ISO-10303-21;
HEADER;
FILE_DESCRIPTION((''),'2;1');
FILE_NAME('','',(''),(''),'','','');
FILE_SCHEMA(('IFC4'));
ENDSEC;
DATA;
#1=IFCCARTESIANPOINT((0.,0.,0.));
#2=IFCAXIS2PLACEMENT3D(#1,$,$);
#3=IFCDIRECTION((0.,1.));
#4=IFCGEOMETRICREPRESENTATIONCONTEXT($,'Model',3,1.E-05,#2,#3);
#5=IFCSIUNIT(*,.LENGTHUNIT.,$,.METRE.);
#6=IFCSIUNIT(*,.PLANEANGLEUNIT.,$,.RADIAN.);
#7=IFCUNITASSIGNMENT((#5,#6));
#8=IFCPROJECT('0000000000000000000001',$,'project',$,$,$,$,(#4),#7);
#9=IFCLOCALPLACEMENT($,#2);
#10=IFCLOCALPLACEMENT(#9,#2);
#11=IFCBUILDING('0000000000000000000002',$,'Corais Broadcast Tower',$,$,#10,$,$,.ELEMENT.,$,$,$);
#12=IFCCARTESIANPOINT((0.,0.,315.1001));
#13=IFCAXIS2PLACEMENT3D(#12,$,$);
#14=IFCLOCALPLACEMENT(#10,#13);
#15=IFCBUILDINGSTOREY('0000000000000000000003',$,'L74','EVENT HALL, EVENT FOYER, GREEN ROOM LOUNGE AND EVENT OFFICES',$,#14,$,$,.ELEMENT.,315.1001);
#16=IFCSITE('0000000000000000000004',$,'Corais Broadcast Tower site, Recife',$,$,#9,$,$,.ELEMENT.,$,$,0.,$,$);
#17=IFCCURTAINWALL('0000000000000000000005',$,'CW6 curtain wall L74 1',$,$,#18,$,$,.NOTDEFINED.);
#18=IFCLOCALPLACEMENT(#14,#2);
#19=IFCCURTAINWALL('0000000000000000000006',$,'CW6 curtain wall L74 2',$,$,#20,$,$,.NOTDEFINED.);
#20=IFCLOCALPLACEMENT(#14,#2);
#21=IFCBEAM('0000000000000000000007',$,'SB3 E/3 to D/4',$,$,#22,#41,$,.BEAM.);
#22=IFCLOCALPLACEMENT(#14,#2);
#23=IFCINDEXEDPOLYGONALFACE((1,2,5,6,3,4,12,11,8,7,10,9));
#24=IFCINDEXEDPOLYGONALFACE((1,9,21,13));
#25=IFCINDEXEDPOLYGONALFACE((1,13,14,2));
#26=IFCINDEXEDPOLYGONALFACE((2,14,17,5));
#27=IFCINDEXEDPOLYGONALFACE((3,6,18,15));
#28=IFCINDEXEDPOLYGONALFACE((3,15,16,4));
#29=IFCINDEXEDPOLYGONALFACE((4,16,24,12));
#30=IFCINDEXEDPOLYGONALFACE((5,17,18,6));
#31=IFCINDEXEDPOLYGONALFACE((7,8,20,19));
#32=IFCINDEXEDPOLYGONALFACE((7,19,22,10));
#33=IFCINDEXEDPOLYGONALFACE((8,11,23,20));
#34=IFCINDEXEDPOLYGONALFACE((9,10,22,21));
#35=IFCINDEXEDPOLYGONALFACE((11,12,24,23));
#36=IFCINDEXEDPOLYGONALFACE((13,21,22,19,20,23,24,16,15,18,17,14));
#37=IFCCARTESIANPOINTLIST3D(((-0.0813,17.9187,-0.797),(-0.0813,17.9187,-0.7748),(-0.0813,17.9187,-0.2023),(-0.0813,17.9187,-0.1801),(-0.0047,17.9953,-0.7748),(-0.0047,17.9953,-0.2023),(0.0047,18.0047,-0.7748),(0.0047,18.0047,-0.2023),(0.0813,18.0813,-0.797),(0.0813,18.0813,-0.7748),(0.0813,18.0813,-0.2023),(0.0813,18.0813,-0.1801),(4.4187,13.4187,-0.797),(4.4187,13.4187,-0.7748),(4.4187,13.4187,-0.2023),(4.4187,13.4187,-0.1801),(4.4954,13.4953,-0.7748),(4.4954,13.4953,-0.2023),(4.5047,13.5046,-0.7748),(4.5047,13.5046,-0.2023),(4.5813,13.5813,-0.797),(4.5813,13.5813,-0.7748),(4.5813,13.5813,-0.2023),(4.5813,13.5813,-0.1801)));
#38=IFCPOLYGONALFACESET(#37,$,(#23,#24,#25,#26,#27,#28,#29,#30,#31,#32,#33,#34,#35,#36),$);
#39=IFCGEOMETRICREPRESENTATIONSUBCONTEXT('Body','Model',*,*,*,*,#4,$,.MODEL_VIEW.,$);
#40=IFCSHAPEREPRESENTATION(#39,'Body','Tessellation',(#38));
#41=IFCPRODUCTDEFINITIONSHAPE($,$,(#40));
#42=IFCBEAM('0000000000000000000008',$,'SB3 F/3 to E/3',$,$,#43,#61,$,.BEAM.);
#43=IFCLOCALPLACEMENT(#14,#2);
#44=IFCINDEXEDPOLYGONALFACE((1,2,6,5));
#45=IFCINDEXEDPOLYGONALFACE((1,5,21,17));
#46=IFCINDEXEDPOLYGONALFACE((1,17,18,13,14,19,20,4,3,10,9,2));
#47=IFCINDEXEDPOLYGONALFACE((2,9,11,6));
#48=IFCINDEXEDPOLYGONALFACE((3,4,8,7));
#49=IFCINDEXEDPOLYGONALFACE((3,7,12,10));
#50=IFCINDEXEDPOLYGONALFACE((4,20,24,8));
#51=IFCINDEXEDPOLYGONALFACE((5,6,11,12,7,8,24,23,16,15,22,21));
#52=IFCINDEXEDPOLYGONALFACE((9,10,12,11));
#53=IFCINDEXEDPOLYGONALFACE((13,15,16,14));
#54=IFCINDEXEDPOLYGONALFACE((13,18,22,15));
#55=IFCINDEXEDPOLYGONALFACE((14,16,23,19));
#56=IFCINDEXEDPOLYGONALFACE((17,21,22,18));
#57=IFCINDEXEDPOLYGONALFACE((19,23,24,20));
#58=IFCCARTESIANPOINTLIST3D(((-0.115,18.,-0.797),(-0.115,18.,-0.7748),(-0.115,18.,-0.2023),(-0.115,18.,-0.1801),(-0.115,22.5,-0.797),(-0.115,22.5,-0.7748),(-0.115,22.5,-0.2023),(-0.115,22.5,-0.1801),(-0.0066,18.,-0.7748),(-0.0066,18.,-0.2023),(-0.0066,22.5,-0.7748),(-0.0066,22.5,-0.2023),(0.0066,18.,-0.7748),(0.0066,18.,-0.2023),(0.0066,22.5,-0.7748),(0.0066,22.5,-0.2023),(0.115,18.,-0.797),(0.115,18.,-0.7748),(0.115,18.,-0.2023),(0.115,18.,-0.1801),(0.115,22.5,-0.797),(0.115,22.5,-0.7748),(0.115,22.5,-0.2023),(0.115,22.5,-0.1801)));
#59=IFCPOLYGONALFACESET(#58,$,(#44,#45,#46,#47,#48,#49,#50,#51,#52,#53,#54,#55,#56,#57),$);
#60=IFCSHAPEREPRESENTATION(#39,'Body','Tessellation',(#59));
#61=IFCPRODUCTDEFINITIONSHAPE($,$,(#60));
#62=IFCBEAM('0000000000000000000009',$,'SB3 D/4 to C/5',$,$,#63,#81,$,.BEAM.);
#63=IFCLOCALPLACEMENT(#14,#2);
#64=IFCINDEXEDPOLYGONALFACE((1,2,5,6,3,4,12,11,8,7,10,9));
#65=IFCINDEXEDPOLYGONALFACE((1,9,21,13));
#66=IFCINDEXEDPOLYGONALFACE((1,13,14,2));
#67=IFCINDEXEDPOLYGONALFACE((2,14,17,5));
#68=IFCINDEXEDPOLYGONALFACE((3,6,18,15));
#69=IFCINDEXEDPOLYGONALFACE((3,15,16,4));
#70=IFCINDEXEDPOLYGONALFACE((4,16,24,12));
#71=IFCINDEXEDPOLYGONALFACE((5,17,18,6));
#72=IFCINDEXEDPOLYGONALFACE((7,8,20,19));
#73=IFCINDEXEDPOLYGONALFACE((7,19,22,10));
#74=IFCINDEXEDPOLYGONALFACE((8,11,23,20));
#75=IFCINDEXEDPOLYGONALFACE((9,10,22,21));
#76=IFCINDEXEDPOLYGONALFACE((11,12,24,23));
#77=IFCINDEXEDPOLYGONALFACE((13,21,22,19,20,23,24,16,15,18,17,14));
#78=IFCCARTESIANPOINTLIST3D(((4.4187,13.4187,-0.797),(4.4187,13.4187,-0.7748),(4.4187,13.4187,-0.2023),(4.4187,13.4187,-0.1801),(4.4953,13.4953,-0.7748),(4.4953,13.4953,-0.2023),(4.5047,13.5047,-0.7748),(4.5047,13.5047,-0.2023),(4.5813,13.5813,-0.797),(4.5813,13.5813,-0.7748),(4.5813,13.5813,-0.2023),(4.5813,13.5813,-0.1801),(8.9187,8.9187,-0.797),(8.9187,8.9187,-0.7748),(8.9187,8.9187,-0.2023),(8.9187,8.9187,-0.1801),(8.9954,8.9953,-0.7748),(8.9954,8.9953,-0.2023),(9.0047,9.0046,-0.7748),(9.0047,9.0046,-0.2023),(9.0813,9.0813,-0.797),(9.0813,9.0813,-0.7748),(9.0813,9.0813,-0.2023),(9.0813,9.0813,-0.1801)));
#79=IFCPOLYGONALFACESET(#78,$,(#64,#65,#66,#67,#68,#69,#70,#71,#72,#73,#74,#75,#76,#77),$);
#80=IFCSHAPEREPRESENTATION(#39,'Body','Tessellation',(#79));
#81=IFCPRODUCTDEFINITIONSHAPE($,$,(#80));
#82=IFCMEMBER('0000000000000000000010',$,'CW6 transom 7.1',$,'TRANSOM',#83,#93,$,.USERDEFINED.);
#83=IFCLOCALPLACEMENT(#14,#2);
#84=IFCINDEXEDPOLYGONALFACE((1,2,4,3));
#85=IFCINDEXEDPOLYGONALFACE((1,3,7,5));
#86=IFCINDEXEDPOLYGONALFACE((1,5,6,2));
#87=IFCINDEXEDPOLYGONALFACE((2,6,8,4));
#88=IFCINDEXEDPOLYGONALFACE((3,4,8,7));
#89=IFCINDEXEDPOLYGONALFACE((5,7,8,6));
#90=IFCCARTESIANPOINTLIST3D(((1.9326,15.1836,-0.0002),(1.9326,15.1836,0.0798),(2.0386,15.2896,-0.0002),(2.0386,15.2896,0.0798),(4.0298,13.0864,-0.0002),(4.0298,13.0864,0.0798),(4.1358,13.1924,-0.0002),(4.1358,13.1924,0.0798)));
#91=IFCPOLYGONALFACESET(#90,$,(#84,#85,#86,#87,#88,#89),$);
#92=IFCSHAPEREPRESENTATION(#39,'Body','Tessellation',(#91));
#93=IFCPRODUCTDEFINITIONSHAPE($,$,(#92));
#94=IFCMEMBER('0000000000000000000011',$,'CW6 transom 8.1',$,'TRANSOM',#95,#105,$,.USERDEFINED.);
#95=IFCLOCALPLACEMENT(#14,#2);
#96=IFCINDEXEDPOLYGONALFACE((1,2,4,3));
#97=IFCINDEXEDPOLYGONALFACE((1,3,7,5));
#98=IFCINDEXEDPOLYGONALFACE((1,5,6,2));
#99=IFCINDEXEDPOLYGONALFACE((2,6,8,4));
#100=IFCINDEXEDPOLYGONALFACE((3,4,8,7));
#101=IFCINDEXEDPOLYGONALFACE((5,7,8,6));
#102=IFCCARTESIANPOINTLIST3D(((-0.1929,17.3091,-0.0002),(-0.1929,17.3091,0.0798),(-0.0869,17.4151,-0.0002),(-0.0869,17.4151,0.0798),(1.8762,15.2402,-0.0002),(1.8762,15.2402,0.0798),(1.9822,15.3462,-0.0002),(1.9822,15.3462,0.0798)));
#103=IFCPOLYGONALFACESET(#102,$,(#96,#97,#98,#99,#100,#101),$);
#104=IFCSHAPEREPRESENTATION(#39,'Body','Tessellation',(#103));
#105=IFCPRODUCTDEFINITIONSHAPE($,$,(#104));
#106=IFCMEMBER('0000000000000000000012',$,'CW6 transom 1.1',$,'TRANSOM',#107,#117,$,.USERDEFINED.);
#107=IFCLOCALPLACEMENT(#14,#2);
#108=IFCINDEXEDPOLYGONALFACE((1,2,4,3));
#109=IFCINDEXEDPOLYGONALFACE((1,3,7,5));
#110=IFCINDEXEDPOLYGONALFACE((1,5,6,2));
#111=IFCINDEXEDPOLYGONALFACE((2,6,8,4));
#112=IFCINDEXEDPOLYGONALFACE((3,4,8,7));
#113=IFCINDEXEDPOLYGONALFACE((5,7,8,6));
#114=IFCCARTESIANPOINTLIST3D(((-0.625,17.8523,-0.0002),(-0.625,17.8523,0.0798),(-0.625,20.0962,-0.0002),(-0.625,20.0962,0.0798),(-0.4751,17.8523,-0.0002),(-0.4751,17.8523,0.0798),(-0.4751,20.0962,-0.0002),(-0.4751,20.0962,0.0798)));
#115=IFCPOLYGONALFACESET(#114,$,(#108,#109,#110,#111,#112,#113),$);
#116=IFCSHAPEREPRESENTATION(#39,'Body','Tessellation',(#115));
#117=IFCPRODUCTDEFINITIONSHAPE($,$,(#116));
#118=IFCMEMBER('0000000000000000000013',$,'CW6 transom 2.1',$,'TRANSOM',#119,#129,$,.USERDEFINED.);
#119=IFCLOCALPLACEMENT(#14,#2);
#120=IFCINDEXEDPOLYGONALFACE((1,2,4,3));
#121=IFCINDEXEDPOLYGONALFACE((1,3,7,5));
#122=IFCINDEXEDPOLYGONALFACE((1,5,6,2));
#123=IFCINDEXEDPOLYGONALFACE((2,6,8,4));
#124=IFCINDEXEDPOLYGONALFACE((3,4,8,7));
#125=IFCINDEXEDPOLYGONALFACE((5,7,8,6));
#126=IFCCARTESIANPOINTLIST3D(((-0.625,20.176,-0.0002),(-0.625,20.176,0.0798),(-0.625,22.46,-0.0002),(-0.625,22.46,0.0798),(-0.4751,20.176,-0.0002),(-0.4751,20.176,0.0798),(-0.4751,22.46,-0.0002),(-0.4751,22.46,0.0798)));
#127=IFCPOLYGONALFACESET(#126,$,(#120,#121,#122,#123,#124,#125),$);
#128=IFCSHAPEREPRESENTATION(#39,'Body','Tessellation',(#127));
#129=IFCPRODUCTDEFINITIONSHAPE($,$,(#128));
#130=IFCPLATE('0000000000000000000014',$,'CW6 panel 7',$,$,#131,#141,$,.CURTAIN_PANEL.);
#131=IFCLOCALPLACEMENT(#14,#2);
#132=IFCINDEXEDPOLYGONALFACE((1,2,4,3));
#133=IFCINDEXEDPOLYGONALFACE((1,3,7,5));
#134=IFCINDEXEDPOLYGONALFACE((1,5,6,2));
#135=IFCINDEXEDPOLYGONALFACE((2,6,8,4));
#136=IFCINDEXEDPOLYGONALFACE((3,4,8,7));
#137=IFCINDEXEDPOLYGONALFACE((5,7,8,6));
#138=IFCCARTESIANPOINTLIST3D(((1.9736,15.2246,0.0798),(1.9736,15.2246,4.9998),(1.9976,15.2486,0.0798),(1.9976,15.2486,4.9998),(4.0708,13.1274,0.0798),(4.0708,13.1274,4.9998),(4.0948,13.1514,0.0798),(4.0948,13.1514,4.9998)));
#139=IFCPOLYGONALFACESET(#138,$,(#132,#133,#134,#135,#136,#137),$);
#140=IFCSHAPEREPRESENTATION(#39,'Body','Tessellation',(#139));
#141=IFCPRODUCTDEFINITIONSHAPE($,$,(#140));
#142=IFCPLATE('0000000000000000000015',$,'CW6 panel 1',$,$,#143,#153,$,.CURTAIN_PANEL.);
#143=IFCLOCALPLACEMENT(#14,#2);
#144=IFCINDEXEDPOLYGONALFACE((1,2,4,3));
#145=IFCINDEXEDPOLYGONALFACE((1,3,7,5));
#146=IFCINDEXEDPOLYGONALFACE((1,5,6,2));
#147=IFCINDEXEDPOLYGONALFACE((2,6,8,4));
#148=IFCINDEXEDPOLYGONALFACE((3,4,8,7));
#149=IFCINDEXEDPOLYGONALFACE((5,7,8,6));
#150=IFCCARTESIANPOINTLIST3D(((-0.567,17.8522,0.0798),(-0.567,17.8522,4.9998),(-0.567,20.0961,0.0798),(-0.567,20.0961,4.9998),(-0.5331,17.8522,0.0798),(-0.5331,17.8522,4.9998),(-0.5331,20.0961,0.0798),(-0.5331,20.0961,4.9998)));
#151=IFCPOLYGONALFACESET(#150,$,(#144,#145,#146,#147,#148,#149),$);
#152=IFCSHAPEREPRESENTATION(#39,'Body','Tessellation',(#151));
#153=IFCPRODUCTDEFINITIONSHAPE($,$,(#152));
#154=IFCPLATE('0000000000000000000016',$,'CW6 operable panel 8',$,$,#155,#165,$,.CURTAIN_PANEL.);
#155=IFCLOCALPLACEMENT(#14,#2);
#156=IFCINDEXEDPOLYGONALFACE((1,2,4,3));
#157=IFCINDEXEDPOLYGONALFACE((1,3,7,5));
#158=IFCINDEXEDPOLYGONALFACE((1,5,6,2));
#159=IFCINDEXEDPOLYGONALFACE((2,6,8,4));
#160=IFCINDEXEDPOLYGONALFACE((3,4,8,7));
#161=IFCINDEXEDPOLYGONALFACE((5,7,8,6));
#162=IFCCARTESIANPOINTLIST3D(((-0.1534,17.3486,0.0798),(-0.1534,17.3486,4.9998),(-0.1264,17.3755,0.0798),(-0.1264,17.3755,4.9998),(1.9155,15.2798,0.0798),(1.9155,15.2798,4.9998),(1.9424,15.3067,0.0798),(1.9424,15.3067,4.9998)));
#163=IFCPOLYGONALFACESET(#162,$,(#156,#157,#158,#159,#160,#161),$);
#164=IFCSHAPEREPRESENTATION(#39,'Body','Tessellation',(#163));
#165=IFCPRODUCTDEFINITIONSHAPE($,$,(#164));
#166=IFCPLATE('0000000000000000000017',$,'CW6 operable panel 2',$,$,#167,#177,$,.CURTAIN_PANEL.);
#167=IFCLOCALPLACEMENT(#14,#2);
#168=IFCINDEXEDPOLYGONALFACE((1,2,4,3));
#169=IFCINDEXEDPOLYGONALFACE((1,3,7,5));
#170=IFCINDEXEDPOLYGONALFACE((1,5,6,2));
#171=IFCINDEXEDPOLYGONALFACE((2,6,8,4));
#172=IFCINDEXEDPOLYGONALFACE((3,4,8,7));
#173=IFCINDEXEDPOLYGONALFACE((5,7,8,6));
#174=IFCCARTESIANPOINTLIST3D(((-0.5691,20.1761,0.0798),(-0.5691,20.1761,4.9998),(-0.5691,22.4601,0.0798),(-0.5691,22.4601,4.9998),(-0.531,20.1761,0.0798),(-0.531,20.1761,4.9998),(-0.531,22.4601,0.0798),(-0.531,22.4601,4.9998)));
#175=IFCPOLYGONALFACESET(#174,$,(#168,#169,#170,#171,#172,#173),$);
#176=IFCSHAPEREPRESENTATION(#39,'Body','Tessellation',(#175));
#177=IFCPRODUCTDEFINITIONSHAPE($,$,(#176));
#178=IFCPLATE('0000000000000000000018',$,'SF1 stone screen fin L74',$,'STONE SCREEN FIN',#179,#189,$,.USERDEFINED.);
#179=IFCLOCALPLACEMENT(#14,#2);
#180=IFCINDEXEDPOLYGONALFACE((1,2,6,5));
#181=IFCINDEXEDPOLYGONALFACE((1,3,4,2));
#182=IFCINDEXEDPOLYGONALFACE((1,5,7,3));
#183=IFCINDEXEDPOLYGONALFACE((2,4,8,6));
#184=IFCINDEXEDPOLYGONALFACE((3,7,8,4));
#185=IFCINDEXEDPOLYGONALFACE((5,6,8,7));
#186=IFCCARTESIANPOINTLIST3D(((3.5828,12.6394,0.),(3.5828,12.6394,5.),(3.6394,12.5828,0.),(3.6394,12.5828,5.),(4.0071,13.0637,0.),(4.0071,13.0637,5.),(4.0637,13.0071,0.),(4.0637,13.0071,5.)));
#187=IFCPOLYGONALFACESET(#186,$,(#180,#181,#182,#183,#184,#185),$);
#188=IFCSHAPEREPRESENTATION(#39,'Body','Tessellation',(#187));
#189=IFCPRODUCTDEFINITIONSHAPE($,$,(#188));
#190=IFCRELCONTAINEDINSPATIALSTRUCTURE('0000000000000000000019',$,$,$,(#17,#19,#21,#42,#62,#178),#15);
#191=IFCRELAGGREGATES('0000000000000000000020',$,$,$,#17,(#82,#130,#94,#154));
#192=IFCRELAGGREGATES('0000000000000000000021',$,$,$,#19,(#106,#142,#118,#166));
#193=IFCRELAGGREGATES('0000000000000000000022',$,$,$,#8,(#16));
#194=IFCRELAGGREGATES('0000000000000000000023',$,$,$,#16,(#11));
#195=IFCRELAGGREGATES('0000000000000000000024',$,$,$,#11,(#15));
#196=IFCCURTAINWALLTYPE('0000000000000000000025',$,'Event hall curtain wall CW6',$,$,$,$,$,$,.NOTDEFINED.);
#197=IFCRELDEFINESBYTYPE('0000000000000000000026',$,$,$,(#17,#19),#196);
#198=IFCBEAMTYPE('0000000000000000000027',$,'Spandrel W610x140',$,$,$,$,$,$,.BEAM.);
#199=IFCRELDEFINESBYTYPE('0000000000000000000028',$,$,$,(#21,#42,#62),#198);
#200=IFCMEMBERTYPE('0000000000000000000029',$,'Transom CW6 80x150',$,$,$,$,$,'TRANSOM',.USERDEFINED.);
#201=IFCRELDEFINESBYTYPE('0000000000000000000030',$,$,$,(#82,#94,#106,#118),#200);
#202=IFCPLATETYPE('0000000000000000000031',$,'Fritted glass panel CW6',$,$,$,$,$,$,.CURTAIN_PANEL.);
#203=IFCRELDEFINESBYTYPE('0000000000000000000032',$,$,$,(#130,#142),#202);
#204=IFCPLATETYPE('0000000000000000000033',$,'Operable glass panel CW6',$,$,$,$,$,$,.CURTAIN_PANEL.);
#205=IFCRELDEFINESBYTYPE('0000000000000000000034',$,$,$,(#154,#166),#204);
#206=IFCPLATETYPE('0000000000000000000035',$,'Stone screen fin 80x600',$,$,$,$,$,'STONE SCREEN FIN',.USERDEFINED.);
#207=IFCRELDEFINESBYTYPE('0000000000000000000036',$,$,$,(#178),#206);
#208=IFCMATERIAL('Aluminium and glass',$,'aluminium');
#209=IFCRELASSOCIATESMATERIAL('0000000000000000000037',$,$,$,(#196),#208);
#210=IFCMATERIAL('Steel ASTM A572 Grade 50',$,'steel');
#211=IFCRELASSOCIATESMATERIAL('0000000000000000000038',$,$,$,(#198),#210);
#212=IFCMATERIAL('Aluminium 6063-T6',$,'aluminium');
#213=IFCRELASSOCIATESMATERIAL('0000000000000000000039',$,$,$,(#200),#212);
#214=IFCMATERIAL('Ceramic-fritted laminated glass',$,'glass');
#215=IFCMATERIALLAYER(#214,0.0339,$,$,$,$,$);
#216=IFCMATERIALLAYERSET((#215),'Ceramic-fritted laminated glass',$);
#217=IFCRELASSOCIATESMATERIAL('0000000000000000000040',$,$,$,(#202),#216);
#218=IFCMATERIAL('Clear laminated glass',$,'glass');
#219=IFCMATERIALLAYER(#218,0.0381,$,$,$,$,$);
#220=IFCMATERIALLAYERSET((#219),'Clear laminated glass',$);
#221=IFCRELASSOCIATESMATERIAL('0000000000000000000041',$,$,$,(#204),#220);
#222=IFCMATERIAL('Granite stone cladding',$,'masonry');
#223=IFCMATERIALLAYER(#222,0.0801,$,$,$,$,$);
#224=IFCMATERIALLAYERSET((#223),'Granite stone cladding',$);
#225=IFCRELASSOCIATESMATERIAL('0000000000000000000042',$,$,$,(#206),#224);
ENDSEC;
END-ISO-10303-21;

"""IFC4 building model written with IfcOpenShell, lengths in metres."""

from ifc_helpers import new_model, si_unit, direction, frame, origin, origin_2d, place, context, subcontext, project, spatial, rectangle, i_section, extrude, material, layer, layer_set, material_profile, profile_set, type_object, element, aggregate, save


model = new_model("IFC4")

# Units and contexts
model_context = context("Model", 3, precision=1e-05, world=origin(), true_north=direction((0.0, 1.0)))
body_context = subcontext(model_context, "Body", "Model", "MODEL_VIEW")
ifc_project = project(units=[si_unit("LENGTHUNIT", "METRE"), si_unit("PLANEANGLEUNIT", "RADIAN")], contexts=[model_context])

# Site, building, storey
site_placement = place(None, origin())
site = spatial("IfcSite", under=ifc_project, at=site_placement, Name="Corais Broadcast Tower site, Recife", CompositionType="ELEMENT", RefElevation=0.0)
building_placement = place(site_placement, origin())
building = spatial("IfcBuilding", under=site, at=building_placement, Name="Corais Broadcast Tower", CompositionType="ELEMENT")
storey_placement = place(building_placement, frame((0.0, 0.0, 315.1001)))
storey = spatial("IfcBuildingStorey", under=building, at=storey_placement, Name="L74", Description="EVENT HALL, EVENT FOYER, GREEN ROOM LOUNGE AND EVENT OFFICES", CompositionType="ELEMENT", Elevation=315.1001)

# Curtain walls
ifc_material_1 = material(Name="Aluminium and glass", Category="aluminium")
curtain_wall_type = type_object("IfcCurtainWallType", Name="Event hall curtain wall CW6", PredefinedType="NOTDEFINED", material=ifc_material_1)
curtain_wall_1_placement = place(storey_placement, origin())
curtain_wall_1 = element("IfcCurtainWall", 1, at=curtain_wall_1_placement, inside=storey, type_object=curtain_wall_type, Name="CW6 curtain wall L74 1", PredefinedType="NOTDEFINED")
curtain_wall_2_placement = place(storey_placement, origin())
curtain_wall_2 = element("IfcCurtainWall", 2, at=curtain_wall_2_placement, inside=storey, type_object=curtain_wall_type, Name="CW6 curtain wall L74 2", PredefinedType="NOTDEFINED")

# Beams
ifc_material_2 = material(Name="Steel ASTM A572 Grade 50", Category="steel")
ifc_material_profile_1 = material_profile(ifc_material_2, i_section(OverallWidth=0.23, OverallDepth=0.6169, WebThickness=0.0132, FlangeThickness=0.0222, at=origin_2d()), Name="W610x140")
ifc_profile_set_1 = profile_set([ifc_material_profile_1], Name="Steel ASTM A572 Grade 50")
beam_type_1 = type_object("IfcBeamType", Name="Spandrel W610x140", PredefinedType="BEAM", material=ifc_profile_set_1)
beam_1_placement = place(storey_placement, frame((0.0, 18.0, -0.4885), z_axis=(0.707107, -0.707107, 0.0), x_axis=(0.707107, 0.707107, 0.0)))
element("IfcBeam", 3, at=beam_1_placement, inside=storey, type_object=beam_type_1, Name="SB3 E/3 to D/4", PredefinedType="BEAM", context=body_context, shape_type="SweptSolid", body=[
    extrude(i_section(OverallWidth=0.23, OverallDepth=0.6169, WebThickness=0.0132, FlangeThickness=0.0222, at=origin_2d()), origin(), (0.0, 0.0, 1.0), 6.364),
])
beam_2_placement = place(storey_placement, frame((0.0, 22.5, -0.4885), z_axis=(0.0, -1.0, 0.0), x_axis=(1.0, 0.0, 0.0)))
element("IfcBeam", 4, at=beam_2_placement, inside=storey, type_object=beam_type_1, Name="SB3 F/3 to E/3", PredefinedType="BEAM", context=body_context, shape_type="SweptSolid", body=[
    extrude(i_section(OverallWidth=0.23, OverallDepth=0.6169, WebThickness=0.0132, FlangeThickness=0.0222, at=origin_2d()), origin(), (0.0, 0.0, 1.0), 4.5),
])
beam_3_placement = place(storey_placement, frame((4.5, 13.5, -0.4885), z_axis=(0.707107, -0.707107, 0.0), x_axis=(0.707107, 0.707107, 0.0)))
element("IfcBeam", 5, at=beam_3_placement, inside=storey, type_object=beam_type_1, Name="SB3 D/4 to C/5", PredefinedType="BEAM", context=body_context, shape_type="SweptSolid", body=[
    extrude(i_section(OverallWidth=0.23, OverallDepth=0.6169, WebThickness=0.0132, FlangeThickness=0.0222, at=origin_2d()), origin(), (0.0, 0.0, 1.0), 6.364),
])

# Members
ifc_material_3 = material(Name="Aluminium 6063-T6", Category="aluminium")
ifc_material_profile_2 = material_profile(ifc_material_3, rectangle(XDim=0.1499, YDim=0.0801, at=origin_2d()), Name="Transom CW6 80x150")
ifc_profile_set_2 = profile_set([ifc_material_profile_2], Name="Aluminium 6063-T6")
member_type_1 = type_object("IfcMemberType", Name="Transom CW6 80x150", ElementType="TRANSOM", PredefinedType="USERDEFINED", material=ifc_profile_set_2)
member_1_placement = place(storey_placement, frame((4.0828, 13.1394, 0.0398), z_axis=(-0.707107, 0.707107, 0.0), x_axis=(-0.707107, -0.707107, 0.0)))
member_1 = element("IfcMember", 6, at=member_1_placement, type_object=member_type_1, Name="CW6 transom 7.1", ObjectType="TRANSOM", PredefinedType="USERDEFINED", context=body_context, shape_type="SweptSolid", body=[
    extrude(rectangle(XDim=0.1499, YDim=0.0801, at=origin_2d()), origin(), (0.0, 0.0, 1.0), 2.9658),
])
member_2_placement = place(storey_placement, frame((1.9292, 15.2932, 0.0398), z_axis=(-0.707148, 0.707065, 0.0), x_axis=(-0.707065, -0.707148, 0.0)))
member_2 = element("IfcMember", 7, at=member_2_placement, type_object=member_type_1, Name="CW6 transom 8.1", ObjectType="TRANSOM", PredefinedType="USERDEFINED", context=body_context, shape_type="SweptSolid", body=[
    extrude(rectangle(XDim=0.1499, YDim=0.0801, at=origin_2d()), origin(), (0.0, 0.0, 1.0), 2.926),
])
member_3_placement = place(storey_placement, frame((-0.55, 17.8523, 0.0398), z_axis=(0.0, 1.0, 0.0), x_axis=(-1.0, 0.0, 0.0)))
member_3 = element("IfcMember", 8, at=member_3_placement, type_object=member_type_1, Name="CW6 transom 1.1", ObjectType="TRANSOM", PredefinedType="USERDEFINED", context=body_context, shape_type="SweptSolid", body=[
    extrude(rectangle(XDim=0.1499, YDim=0.0801, at=origin_2d()), origin(), (0.0, 0.0, 1.0), 2.2439),
])
member_4_placement = place(storey_placement, frame((-0.55, 20.176, 0.0398), z_axis=(0.0, 1.0, 0.0), x_axis=(-1.0, 0.0, 0.0)))
member_4 = element("IfcMember", 9, at=member_4_placement, type_object=member_type_1, Name="CW6 transom 2.1", ObjectType="TRANSOM", PredefinedType="USERDEFINED", context=body_context, shape_type="SweptSolid", body=[
    extrude(rectangle(XDim=0.1499, YDim=0.0801, at=origin_2d()), origin(), (0.0, 0.0, 1.0), 2.2839),
])

# Plates
ifc_material_4 = material(Name="Ceramic-fritted laminated glass", Category="glass")
ifc_layer_1 = layer(ifc_material_4, 0.0339)
ifc_layer_set_1 = layer_set([ifc_layer_1], Name="Ceramic-fritted laminated glass")
plate_type_1 = type_object("IfcPlateType", Name="Fritted glass panel CW6", PredefinedType="CURTAIN_PANEL", material=ifc_layer_set_1)
plate_1_placement = place(storey_placement, frame((3.0342, 14.188, 0.0798), z_axis=(0.0, 0.0, 1.0), x_axis=(-0.707107, 0.707107, 0.0)))
plate_1 = element("IfcPlate", 10, at=plate_1_placement, type_object=plate_type_1, Name="CW6 panel 7", PredefinedType="CURTAIN_PANEL", context=body_context, shape_type="SweptSolid", body=[
    extrude(rectangle(XDim=2.9658, YDim=0.0339, at=origin_2d()), origin(), (0.0, 0.0, 1.0), 4.9199),
])
plate_2_placement = place(storey_placement, frame((-0.55, 18.9741, 0.0798), z_axis=(0.0, 0.0, 1.0), x_axis=(0.0, 1.0, 0.0)))
plate_2 = element("IfcPlate", 11, at=plate_2_placement, type_object=plate_type_1, Name="CW6 panel 1", PredefinedType="CURTAIN_PANEL", context=body_context, shape_type="SweptSolid", body=[
    extrude(rectangle(XDim=2.2439, YDim=0.0339, at=origin_2d()), origin(), (0.0, 0.0, 1.0), 4.9199),
])
ifc_material_5 = material(Name="Clear laminated glass", Category="glass")
ifc_layer_2 = layer(ifc_material_5, 0.0381)
ifc_layer_set_2 = layer_set([ifc_layer_2], Name="Clear laminated glass")
plate_type_2 = type_object("IfcPlateType", Name="Operable glass panel CW6", PredefinedType="CURTAIN_PANEL", material=ifc_layer_set_2)
plate_3_placement = place(storey_placement, frame((0.8945, 16.3276, 0.0798), z_axis=(0.0, 0.0, 1.0), x_axis=(-0.707107, 0.707107, 0.0)))
plate_3 = element("IfcPlate", 12, at=plate_3_placement, type_object=plate_type_2, Name="CW6 operable panel 8", PredefinedType="CURTAIN_PANEL", context=body_context, shape_type="SweptSolid", body=[
    extrude(rectangle(XDim=2.9258, YDim=0.0381, at=origin_2d()), origin(), (0.0, 0.0, 1.0), 4.9199),
])
aggregate(curtain_wall_1, [member_1, plate_1, member_2, plate_3])
plate_4_placement = place(storey_placement, frame((-0.55, 21.3181, 0.0798), z_axis=(0.0, 0.0, 1.0), x_axis=(0.0, 1.0, 0.0)))
plate_4 = element("IfcPlate", 13, at=plate_4_placement, type_object=plate_type_2, Name="CW6 operable panel 2", PredefinedType="CURTAIN_PANEL", context=body_context, shape_type="SweptSolid", body=[
    extrude(rectangle(XDim=2.2839, YDim=0.0381, at=origin_2d()), origin(), (0.0, 0.0, 1.0), 4.9199),
])
aggregate(curtain_wall_2, [member_3, plate_2, member_4, plate_4])

# Plate
ifc_material_6 = material(Name="Granite stone cladding", Category="masonry")
ifc_layer_3 = layer(ifc_material_6, 0.0801)
ifc_layer_set_3 = layer_set([ifc_layer_3], Name="Granite stone cladding")
plate_type_3 = type_object("IfcPlateType", Name="Stone screen fin 80x600", ElementType="STONE SCREEN FIN", PredefinedType="USERDEFINED", material=ifc_layer_set_3)
for number, where, z_axis, x_axis, name in (
    (14, (3.8232, 12.8232, 0.0), (0.0, 0.0, 1.0), (-0.707107, 0.707107, 0.0), "SF1 stone screen fin L74"),
):
    element("IfcPlate", number, at=place(storey_placement, frame(where, z_axis=z_axis, x_axis=x_axis)), inside=storey, type_object=plate_type_3, Name=name, ObjectType="STONE SCREEN FIN", PredefinedType="USERDEFINED", context=body_context, shape_type="SweptSolid", body=[
        extrude(rectangle(XDim=0.0801, YDim=0.6001, at=origin_2d()), origin(), (0.0, 0.0, 1.0), 5.0),
    ])

save(model, "model.ifc")
